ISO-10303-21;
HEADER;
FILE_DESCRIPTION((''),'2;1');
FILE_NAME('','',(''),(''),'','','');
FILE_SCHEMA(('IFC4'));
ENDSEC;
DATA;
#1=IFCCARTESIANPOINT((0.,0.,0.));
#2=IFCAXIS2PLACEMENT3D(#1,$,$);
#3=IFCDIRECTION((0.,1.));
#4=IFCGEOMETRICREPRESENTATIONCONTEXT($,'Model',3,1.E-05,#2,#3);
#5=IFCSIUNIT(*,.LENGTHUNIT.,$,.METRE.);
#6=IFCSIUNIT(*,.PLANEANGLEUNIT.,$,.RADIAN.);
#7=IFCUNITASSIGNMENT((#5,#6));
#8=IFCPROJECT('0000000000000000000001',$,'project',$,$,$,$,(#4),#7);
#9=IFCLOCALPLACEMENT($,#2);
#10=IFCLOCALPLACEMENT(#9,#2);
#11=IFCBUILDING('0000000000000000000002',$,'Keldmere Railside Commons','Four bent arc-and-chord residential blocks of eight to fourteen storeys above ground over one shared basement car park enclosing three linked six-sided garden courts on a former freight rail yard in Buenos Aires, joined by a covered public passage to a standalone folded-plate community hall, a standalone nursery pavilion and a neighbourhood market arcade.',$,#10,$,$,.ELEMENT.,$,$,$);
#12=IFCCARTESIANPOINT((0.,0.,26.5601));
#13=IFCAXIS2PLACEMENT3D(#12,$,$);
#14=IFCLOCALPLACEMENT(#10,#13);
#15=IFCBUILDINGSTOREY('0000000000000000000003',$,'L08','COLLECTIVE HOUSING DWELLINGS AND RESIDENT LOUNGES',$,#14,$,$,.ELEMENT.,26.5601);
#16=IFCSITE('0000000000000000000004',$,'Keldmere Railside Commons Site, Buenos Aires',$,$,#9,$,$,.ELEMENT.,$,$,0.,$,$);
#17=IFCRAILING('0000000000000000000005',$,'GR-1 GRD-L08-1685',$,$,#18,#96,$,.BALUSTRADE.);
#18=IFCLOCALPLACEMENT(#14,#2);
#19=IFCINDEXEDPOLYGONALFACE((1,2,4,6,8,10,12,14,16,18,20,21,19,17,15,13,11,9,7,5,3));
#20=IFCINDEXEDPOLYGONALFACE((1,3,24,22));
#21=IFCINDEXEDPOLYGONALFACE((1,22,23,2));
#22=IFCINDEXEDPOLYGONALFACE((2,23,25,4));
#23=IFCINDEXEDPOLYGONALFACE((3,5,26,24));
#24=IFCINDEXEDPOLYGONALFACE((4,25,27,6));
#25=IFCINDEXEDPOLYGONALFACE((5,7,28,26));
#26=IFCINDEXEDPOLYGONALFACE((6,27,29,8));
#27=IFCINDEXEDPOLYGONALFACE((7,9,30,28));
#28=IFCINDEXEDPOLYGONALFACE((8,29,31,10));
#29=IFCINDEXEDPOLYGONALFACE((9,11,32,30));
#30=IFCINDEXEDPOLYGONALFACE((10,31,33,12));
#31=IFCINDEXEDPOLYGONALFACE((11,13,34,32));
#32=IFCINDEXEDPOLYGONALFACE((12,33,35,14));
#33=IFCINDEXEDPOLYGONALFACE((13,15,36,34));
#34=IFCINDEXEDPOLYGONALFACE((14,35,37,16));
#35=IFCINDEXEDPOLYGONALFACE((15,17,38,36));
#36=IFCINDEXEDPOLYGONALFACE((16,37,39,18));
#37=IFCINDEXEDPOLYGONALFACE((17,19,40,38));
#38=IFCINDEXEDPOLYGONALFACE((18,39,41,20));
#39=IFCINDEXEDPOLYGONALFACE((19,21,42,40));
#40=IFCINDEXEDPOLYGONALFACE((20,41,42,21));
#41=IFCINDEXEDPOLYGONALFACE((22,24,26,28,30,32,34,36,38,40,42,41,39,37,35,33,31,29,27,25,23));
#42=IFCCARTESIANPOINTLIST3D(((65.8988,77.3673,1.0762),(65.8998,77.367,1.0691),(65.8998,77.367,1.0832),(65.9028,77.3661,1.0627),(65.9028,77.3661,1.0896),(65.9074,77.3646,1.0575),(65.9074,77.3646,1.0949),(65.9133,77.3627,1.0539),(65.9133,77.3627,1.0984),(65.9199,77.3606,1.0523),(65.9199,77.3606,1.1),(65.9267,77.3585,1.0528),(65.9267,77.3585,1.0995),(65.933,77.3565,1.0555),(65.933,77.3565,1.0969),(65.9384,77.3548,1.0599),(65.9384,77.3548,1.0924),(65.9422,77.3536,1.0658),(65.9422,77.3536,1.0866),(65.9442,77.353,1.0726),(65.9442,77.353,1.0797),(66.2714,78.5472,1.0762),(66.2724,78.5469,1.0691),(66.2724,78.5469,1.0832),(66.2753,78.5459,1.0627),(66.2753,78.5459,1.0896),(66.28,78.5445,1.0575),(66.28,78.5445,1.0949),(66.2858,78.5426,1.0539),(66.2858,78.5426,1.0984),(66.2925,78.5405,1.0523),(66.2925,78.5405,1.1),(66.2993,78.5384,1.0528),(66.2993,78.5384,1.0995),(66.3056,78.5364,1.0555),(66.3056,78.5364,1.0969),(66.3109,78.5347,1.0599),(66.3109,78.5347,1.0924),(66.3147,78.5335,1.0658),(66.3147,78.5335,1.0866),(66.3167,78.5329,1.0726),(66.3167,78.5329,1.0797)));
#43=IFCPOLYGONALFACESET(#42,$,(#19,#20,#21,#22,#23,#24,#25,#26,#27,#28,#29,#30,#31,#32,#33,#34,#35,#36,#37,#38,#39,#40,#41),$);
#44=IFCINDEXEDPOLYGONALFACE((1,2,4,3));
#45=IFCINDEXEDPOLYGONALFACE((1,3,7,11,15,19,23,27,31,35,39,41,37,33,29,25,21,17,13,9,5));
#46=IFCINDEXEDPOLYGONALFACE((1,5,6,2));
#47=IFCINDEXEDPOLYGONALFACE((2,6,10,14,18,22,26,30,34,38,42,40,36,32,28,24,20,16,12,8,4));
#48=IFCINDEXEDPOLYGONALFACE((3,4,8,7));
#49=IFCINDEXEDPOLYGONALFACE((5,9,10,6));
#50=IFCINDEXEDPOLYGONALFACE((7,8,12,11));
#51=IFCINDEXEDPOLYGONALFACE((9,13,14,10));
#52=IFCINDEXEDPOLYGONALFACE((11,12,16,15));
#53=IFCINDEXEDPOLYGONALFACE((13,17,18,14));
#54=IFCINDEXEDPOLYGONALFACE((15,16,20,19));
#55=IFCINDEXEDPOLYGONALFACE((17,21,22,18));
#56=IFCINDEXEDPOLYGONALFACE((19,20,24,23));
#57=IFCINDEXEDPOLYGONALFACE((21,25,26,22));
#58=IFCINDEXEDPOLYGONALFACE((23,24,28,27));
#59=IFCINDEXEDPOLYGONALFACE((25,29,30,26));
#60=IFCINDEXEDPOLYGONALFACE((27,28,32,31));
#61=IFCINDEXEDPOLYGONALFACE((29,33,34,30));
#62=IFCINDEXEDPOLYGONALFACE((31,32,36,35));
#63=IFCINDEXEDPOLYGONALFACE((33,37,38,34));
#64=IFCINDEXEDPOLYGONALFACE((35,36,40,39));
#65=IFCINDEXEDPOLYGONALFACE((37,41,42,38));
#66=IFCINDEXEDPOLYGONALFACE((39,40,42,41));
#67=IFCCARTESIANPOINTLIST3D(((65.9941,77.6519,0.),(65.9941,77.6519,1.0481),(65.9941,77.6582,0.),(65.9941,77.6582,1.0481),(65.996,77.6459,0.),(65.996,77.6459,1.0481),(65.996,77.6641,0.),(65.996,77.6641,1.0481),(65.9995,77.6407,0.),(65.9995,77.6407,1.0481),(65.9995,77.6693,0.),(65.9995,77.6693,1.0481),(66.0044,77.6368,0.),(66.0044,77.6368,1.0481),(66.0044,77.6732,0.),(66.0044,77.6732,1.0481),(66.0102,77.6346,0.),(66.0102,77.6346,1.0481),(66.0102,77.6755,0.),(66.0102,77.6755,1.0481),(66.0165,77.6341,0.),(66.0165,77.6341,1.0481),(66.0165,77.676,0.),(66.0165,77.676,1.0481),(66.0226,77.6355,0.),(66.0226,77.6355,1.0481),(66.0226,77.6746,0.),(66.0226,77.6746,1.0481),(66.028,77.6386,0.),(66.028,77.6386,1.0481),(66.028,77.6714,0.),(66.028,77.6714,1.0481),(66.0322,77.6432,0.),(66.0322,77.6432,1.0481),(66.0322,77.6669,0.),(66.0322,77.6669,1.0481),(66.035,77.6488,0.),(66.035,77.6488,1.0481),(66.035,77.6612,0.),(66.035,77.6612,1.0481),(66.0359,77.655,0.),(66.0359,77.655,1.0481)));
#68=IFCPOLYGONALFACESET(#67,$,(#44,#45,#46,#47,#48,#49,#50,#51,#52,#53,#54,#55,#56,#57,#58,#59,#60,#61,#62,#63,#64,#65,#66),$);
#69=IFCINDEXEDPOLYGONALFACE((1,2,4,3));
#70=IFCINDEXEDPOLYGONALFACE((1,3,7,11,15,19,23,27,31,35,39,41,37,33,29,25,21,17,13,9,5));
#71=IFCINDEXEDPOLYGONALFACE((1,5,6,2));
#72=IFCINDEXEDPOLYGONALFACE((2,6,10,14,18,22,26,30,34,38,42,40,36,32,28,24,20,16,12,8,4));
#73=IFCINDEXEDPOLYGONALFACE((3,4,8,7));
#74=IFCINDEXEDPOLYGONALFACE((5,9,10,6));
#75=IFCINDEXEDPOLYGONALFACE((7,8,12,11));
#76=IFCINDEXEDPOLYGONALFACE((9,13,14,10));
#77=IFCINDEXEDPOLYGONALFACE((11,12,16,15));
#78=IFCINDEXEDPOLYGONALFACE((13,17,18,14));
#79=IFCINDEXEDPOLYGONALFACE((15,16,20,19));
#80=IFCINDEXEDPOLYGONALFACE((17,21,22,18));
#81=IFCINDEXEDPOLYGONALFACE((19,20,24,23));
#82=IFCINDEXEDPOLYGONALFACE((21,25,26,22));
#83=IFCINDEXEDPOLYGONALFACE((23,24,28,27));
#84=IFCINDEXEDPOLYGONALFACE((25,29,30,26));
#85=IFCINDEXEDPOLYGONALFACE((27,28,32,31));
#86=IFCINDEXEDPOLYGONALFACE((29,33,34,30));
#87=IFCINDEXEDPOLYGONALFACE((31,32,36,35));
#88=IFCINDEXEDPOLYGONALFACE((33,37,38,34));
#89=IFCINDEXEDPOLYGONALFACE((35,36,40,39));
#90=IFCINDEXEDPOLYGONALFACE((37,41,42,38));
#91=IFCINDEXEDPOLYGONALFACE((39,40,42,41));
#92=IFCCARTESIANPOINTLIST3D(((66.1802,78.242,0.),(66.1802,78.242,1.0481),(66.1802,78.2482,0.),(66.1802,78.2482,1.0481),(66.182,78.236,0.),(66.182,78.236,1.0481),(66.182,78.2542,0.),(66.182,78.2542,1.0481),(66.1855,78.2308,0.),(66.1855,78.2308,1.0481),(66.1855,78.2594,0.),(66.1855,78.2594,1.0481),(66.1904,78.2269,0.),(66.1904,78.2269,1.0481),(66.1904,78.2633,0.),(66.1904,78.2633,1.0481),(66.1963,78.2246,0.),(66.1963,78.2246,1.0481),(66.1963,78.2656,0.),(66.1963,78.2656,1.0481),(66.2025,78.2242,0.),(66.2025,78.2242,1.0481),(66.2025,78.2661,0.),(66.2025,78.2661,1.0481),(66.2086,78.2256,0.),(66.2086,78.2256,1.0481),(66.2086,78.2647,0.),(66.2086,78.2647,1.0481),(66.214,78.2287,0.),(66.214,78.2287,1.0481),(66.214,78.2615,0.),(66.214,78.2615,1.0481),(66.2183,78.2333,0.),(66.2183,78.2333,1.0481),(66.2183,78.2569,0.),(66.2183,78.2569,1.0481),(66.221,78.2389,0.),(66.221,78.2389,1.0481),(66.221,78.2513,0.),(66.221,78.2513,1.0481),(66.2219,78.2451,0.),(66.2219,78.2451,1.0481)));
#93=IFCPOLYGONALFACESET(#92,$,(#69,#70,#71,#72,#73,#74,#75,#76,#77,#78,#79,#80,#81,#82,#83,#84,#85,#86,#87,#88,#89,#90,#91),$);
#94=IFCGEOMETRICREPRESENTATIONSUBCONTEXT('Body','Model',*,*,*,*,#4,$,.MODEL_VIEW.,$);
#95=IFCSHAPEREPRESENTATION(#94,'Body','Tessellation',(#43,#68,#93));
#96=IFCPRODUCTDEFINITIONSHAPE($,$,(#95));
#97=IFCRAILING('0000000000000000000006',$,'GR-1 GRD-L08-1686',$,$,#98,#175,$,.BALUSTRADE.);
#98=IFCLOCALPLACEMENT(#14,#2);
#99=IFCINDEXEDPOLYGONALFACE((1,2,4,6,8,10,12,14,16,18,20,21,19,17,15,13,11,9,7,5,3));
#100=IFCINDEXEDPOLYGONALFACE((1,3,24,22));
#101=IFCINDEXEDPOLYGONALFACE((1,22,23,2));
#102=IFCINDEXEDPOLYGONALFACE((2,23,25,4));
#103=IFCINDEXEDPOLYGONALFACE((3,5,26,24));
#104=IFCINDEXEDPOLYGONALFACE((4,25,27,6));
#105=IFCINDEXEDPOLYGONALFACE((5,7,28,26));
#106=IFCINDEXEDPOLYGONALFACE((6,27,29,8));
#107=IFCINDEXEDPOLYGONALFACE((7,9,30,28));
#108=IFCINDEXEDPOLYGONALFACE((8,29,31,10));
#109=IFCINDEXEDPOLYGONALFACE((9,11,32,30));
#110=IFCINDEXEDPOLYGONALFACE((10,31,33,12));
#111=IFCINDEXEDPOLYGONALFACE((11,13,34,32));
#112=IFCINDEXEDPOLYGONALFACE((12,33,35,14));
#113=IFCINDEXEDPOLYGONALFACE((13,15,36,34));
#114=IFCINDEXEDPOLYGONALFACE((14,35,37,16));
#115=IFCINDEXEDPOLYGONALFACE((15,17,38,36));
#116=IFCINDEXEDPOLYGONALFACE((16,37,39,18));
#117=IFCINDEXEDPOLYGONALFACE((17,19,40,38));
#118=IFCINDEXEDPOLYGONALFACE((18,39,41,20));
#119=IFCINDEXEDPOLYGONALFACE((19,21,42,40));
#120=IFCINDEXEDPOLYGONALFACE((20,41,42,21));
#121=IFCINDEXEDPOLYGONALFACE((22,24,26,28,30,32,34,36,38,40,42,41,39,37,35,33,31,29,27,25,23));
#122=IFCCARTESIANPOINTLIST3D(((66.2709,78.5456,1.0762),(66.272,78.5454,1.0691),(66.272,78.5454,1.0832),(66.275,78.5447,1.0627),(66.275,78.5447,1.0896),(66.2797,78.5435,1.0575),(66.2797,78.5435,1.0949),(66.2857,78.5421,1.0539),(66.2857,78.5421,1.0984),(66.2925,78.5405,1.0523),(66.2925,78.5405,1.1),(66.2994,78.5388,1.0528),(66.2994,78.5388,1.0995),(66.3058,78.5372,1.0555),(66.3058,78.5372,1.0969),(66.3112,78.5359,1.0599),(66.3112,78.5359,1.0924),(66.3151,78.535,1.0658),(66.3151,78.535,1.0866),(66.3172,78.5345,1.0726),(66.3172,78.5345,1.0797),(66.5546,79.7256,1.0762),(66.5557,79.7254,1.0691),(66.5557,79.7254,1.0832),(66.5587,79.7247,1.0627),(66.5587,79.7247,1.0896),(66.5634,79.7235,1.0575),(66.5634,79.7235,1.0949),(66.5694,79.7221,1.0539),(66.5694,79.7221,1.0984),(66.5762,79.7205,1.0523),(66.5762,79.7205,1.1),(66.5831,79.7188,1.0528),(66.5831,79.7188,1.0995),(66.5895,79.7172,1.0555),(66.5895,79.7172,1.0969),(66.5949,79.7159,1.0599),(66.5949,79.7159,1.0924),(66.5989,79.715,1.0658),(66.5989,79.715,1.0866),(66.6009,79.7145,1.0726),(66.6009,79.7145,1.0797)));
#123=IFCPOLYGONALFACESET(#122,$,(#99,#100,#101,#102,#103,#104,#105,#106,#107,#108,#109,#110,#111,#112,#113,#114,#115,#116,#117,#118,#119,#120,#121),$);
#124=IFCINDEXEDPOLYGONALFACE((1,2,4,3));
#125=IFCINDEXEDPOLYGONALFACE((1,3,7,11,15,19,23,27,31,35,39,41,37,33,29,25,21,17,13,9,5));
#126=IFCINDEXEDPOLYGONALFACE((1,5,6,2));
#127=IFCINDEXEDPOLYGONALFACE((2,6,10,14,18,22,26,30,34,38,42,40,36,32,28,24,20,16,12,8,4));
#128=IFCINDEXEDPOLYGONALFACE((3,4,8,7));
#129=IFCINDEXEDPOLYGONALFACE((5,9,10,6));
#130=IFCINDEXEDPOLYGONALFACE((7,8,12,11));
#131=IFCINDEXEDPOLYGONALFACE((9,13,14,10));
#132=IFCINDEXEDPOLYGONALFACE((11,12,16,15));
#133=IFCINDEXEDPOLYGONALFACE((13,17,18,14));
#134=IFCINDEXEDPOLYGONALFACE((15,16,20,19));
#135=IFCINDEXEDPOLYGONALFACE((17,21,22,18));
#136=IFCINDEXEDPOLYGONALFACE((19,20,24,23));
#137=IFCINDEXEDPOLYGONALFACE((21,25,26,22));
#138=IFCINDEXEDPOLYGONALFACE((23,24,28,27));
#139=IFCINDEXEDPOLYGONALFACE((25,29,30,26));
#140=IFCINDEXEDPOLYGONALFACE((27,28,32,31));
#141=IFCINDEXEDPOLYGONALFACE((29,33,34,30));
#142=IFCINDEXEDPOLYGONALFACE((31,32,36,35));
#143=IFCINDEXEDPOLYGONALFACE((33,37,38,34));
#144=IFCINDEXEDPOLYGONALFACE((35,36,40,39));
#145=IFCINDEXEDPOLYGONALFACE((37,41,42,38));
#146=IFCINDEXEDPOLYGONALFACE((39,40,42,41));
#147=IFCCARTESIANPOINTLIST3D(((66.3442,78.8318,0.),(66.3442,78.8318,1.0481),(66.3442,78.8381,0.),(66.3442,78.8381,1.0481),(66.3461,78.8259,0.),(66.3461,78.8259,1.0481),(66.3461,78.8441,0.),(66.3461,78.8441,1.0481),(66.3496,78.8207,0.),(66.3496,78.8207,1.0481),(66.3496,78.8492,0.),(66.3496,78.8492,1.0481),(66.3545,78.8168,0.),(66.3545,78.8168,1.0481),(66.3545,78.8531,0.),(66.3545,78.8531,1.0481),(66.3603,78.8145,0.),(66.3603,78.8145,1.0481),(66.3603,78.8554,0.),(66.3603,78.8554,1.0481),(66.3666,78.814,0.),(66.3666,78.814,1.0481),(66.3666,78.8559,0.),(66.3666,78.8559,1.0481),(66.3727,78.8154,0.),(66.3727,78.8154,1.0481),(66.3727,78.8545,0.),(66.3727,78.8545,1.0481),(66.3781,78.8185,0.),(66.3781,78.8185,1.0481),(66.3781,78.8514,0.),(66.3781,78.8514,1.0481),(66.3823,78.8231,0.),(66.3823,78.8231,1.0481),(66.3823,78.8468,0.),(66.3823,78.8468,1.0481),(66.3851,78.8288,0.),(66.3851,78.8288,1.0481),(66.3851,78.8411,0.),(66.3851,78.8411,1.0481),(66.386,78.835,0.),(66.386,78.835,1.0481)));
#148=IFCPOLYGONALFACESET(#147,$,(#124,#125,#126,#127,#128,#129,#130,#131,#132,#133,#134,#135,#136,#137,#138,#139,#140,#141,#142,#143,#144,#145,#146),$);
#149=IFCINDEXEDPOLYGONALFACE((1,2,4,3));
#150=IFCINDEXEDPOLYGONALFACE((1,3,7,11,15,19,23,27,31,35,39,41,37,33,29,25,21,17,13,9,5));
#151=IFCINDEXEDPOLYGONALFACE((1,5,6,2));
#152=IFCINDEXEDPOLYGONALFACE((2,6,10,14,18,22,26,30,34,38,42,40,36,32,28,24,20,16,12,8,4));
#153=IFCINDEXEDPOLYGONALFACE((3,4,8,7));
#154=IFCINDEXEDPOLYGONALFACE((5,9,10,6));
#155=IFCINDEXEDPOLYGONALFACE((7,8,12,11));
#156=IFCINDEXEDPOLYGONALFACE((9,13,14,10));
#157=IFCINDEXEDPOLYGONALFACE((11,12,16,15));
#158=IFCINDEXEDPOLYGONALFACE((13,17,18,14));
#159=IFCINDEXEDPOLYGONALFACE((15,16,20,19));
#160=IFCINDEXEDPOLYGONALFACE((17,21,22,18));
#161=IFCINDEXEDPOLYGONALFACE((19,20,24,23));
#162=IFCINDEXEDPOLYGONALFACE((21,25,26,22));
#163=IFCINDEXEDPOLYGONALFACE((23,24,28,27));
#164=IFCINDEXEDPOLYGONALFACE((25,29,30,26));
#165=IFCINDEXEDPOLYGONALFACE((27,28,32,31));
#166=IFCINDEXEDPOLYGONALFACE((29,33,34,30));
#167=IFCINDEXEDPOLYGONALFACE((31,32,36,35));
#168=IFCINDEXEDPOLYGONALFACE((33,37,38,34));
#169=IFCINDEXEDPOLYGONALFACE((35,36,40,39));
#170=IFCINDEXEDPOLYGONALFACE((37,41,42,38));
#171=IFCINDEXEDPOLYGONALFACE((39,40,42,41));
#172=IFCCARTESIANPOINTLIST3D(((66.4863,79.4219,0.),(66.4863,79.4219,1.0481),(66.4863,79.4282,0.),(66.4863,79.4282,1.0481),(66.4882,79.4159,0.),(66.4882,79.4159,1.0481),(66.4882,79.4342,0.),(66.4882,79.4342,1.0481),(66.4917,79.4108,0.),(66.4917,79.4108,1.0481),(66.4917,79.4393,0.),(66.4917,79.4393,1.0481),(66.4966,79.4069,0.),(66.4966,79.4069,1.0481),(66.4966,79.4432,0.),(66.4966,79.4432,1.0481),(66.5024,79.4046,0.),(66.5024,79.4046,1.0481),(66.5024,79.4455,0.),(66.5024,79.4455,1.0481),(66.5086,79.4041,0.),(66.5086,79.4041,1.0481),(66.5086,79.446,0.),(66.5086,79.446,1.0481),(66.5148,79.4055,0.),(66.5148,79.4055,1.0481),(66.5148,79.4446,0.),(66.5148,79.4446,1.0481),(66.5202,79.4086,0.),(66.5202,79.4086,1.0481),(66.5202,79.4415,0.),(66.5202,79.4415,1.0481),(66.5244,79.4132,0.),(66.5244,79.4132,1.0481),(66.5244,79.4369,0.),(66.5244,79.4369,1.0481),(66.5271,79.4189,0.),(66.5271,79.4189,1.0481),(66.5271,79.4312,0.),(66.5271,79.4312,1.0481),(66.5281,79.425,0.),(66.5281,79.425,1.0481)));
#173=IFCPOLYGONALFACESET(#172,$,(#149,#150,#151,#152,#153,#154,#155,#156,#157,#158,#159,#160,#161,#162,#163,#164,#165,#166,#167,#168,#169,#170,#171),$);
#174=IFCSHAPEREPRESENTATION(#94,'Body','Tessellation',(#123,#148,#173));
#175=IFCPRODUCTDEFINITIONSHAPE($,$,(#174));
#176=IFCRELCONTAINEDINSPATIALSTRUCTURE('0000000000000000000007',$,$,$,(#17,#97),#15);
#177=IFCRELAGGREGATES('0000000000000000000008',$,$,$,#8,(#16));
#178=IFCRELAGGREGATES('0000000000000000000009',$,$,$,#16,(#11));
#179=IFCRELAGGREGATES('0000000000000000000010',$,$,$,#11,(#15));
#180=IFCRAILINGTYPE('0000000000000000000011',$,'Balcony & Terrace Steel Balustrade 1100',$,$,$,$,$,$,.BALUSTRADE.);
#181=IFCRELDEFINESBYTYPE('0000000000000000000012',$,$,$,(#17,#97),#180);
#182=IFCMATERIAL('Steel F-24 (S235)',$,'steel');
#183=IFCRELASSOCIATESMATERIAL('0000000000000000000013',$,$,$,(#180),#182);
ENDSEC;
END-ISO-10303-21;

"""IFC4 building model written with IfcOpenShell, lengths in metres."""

from ifc_helpers import new_model, si_unit, direction, frame, origin, origin_2d, place, context, subcontext, project, spatial, circle, extrude, material, type_object, element, save


model = new_model("IFC4")

# Units and contexts
model_context = context("Model", 3, precision=1e-05, world=origin(), true_north=direction((0.0, 1.0)))
body_context = subcontext(model_context, "Body", "Model", "MODEL_VIEW")
ifc_project = project(units=[si_unit("LENGTHUNIT", "METRE"), si_unit("PLANEANGLEUNIT", "RADIAN")], contexts=[model_context])

# Site, building, storey
site_placement = place(None, origin())
site = spatial("IfcSite", under=ifc_project, at=site_placement, Name="Keldmere Railside Commons Site, Buenos Aires", CompositionType="ELEMENT", RefElevation=0.0)
building_placement = place(site_placement, origin())
building = spatial("IfcBuilding", under=site, at=building_placement, Name="Keldmere Railside Commons", Description="Four bent arc-and-chord residential blocks of eight to fourteen storeys above ground over one shared basement car park enclosing three linked six-sided garden courts on a former freight rail yard in Buenos Aires, joined by a covered public passage to a standalone folded-plate community hall, a standalone nursery pavilion and a neighbourhood market arcade.", CompositionType="ELEMENT")
storey_placement = place(building_placement, frame((0.0, 0.0, 26.5601)))
storey = spatial("IfcBuildingStorey", under=building, at=storey_placement, Name="L08", Description="COLLECTIVE HOUSING DWELLINGS AND RESIDENT LOUNGES", CompositionType="ELEMENT", Elevation=26.5601)

# Railings
ifc_material_1 = material(Name="Steel F-24 (S235)", Category="steel")
railing_type = type_object("IfcRailingType", Name="Balcony & Terrace Steel Balustrade 1100", PredefinedType="BALUSTRADE", material=ifc_material_1)
railing_1_placement = place(storey_placement, frame((65.9216, 77.3601, 0.0)))
element("IfcRailing", 1, at=railing_1_placement, inside=storey, type_object=railing_type, Name="GR-1 GRD-L08-1685", PredefinedType="BALUSTRADE", context=body_context, shape_type="SweptSolid", body=[
    extrude(circle(Radius=0.0239, at=origin_2d()), frame((0.0, 0.0, 1.0762), z_axis=(0.301094, 0.953595, 0.0), x_axis=(-0.953595, 0.301094, 0.0)), (0.0, 0.0, 1.0), 1.2373),
    extrude(circle(Radius=0.021, at=origin_2d()), frame((0.0933, 0.2949, 0.0)), (0.0, 0.0, 1.0), 1.0481),
    extrude(circle(Radius=0.021, at=origin_2d()), frame((0.2793, 0.885, 0.0)), (0.0, 0.0, 1.0), 1.0481),
])
railing_2_placement = place(storey_placement, frame((66.2942, 78.54, 0.0)))
element("IfcRailing", 2, at=railing_2_placement, inside=storey, type_object=railing_type, Name="GR-1 GRD-L08-1686", PredefinedType="BALUSTRADE", context=body_context, shape_type="SweptSolid", body=[
    extrude(circle(Radius=0.0239, at=origin_2d()), frame((0.0, 0.0, 1.0762), z_axis=(0.233769, 0.972292, 0.0), x_axis=(-0.972292, 0.233769, 0.0)), (0.0, 0.0, 1.0), 1.2136),
    extrude(circle(Radius=0.021, at=origin_2d()), frame((0.0708, 0.2949, 0.0)), (0.0, 0.0, 1.0), 1.0481),
    extrude(circle(Radius=0.021, at=origin_2d()), frame((0.2129, 0.885, 0.0)), (0.0, 0.0, 1.0), 1.0481),
])

save(model, "model.ifc")
